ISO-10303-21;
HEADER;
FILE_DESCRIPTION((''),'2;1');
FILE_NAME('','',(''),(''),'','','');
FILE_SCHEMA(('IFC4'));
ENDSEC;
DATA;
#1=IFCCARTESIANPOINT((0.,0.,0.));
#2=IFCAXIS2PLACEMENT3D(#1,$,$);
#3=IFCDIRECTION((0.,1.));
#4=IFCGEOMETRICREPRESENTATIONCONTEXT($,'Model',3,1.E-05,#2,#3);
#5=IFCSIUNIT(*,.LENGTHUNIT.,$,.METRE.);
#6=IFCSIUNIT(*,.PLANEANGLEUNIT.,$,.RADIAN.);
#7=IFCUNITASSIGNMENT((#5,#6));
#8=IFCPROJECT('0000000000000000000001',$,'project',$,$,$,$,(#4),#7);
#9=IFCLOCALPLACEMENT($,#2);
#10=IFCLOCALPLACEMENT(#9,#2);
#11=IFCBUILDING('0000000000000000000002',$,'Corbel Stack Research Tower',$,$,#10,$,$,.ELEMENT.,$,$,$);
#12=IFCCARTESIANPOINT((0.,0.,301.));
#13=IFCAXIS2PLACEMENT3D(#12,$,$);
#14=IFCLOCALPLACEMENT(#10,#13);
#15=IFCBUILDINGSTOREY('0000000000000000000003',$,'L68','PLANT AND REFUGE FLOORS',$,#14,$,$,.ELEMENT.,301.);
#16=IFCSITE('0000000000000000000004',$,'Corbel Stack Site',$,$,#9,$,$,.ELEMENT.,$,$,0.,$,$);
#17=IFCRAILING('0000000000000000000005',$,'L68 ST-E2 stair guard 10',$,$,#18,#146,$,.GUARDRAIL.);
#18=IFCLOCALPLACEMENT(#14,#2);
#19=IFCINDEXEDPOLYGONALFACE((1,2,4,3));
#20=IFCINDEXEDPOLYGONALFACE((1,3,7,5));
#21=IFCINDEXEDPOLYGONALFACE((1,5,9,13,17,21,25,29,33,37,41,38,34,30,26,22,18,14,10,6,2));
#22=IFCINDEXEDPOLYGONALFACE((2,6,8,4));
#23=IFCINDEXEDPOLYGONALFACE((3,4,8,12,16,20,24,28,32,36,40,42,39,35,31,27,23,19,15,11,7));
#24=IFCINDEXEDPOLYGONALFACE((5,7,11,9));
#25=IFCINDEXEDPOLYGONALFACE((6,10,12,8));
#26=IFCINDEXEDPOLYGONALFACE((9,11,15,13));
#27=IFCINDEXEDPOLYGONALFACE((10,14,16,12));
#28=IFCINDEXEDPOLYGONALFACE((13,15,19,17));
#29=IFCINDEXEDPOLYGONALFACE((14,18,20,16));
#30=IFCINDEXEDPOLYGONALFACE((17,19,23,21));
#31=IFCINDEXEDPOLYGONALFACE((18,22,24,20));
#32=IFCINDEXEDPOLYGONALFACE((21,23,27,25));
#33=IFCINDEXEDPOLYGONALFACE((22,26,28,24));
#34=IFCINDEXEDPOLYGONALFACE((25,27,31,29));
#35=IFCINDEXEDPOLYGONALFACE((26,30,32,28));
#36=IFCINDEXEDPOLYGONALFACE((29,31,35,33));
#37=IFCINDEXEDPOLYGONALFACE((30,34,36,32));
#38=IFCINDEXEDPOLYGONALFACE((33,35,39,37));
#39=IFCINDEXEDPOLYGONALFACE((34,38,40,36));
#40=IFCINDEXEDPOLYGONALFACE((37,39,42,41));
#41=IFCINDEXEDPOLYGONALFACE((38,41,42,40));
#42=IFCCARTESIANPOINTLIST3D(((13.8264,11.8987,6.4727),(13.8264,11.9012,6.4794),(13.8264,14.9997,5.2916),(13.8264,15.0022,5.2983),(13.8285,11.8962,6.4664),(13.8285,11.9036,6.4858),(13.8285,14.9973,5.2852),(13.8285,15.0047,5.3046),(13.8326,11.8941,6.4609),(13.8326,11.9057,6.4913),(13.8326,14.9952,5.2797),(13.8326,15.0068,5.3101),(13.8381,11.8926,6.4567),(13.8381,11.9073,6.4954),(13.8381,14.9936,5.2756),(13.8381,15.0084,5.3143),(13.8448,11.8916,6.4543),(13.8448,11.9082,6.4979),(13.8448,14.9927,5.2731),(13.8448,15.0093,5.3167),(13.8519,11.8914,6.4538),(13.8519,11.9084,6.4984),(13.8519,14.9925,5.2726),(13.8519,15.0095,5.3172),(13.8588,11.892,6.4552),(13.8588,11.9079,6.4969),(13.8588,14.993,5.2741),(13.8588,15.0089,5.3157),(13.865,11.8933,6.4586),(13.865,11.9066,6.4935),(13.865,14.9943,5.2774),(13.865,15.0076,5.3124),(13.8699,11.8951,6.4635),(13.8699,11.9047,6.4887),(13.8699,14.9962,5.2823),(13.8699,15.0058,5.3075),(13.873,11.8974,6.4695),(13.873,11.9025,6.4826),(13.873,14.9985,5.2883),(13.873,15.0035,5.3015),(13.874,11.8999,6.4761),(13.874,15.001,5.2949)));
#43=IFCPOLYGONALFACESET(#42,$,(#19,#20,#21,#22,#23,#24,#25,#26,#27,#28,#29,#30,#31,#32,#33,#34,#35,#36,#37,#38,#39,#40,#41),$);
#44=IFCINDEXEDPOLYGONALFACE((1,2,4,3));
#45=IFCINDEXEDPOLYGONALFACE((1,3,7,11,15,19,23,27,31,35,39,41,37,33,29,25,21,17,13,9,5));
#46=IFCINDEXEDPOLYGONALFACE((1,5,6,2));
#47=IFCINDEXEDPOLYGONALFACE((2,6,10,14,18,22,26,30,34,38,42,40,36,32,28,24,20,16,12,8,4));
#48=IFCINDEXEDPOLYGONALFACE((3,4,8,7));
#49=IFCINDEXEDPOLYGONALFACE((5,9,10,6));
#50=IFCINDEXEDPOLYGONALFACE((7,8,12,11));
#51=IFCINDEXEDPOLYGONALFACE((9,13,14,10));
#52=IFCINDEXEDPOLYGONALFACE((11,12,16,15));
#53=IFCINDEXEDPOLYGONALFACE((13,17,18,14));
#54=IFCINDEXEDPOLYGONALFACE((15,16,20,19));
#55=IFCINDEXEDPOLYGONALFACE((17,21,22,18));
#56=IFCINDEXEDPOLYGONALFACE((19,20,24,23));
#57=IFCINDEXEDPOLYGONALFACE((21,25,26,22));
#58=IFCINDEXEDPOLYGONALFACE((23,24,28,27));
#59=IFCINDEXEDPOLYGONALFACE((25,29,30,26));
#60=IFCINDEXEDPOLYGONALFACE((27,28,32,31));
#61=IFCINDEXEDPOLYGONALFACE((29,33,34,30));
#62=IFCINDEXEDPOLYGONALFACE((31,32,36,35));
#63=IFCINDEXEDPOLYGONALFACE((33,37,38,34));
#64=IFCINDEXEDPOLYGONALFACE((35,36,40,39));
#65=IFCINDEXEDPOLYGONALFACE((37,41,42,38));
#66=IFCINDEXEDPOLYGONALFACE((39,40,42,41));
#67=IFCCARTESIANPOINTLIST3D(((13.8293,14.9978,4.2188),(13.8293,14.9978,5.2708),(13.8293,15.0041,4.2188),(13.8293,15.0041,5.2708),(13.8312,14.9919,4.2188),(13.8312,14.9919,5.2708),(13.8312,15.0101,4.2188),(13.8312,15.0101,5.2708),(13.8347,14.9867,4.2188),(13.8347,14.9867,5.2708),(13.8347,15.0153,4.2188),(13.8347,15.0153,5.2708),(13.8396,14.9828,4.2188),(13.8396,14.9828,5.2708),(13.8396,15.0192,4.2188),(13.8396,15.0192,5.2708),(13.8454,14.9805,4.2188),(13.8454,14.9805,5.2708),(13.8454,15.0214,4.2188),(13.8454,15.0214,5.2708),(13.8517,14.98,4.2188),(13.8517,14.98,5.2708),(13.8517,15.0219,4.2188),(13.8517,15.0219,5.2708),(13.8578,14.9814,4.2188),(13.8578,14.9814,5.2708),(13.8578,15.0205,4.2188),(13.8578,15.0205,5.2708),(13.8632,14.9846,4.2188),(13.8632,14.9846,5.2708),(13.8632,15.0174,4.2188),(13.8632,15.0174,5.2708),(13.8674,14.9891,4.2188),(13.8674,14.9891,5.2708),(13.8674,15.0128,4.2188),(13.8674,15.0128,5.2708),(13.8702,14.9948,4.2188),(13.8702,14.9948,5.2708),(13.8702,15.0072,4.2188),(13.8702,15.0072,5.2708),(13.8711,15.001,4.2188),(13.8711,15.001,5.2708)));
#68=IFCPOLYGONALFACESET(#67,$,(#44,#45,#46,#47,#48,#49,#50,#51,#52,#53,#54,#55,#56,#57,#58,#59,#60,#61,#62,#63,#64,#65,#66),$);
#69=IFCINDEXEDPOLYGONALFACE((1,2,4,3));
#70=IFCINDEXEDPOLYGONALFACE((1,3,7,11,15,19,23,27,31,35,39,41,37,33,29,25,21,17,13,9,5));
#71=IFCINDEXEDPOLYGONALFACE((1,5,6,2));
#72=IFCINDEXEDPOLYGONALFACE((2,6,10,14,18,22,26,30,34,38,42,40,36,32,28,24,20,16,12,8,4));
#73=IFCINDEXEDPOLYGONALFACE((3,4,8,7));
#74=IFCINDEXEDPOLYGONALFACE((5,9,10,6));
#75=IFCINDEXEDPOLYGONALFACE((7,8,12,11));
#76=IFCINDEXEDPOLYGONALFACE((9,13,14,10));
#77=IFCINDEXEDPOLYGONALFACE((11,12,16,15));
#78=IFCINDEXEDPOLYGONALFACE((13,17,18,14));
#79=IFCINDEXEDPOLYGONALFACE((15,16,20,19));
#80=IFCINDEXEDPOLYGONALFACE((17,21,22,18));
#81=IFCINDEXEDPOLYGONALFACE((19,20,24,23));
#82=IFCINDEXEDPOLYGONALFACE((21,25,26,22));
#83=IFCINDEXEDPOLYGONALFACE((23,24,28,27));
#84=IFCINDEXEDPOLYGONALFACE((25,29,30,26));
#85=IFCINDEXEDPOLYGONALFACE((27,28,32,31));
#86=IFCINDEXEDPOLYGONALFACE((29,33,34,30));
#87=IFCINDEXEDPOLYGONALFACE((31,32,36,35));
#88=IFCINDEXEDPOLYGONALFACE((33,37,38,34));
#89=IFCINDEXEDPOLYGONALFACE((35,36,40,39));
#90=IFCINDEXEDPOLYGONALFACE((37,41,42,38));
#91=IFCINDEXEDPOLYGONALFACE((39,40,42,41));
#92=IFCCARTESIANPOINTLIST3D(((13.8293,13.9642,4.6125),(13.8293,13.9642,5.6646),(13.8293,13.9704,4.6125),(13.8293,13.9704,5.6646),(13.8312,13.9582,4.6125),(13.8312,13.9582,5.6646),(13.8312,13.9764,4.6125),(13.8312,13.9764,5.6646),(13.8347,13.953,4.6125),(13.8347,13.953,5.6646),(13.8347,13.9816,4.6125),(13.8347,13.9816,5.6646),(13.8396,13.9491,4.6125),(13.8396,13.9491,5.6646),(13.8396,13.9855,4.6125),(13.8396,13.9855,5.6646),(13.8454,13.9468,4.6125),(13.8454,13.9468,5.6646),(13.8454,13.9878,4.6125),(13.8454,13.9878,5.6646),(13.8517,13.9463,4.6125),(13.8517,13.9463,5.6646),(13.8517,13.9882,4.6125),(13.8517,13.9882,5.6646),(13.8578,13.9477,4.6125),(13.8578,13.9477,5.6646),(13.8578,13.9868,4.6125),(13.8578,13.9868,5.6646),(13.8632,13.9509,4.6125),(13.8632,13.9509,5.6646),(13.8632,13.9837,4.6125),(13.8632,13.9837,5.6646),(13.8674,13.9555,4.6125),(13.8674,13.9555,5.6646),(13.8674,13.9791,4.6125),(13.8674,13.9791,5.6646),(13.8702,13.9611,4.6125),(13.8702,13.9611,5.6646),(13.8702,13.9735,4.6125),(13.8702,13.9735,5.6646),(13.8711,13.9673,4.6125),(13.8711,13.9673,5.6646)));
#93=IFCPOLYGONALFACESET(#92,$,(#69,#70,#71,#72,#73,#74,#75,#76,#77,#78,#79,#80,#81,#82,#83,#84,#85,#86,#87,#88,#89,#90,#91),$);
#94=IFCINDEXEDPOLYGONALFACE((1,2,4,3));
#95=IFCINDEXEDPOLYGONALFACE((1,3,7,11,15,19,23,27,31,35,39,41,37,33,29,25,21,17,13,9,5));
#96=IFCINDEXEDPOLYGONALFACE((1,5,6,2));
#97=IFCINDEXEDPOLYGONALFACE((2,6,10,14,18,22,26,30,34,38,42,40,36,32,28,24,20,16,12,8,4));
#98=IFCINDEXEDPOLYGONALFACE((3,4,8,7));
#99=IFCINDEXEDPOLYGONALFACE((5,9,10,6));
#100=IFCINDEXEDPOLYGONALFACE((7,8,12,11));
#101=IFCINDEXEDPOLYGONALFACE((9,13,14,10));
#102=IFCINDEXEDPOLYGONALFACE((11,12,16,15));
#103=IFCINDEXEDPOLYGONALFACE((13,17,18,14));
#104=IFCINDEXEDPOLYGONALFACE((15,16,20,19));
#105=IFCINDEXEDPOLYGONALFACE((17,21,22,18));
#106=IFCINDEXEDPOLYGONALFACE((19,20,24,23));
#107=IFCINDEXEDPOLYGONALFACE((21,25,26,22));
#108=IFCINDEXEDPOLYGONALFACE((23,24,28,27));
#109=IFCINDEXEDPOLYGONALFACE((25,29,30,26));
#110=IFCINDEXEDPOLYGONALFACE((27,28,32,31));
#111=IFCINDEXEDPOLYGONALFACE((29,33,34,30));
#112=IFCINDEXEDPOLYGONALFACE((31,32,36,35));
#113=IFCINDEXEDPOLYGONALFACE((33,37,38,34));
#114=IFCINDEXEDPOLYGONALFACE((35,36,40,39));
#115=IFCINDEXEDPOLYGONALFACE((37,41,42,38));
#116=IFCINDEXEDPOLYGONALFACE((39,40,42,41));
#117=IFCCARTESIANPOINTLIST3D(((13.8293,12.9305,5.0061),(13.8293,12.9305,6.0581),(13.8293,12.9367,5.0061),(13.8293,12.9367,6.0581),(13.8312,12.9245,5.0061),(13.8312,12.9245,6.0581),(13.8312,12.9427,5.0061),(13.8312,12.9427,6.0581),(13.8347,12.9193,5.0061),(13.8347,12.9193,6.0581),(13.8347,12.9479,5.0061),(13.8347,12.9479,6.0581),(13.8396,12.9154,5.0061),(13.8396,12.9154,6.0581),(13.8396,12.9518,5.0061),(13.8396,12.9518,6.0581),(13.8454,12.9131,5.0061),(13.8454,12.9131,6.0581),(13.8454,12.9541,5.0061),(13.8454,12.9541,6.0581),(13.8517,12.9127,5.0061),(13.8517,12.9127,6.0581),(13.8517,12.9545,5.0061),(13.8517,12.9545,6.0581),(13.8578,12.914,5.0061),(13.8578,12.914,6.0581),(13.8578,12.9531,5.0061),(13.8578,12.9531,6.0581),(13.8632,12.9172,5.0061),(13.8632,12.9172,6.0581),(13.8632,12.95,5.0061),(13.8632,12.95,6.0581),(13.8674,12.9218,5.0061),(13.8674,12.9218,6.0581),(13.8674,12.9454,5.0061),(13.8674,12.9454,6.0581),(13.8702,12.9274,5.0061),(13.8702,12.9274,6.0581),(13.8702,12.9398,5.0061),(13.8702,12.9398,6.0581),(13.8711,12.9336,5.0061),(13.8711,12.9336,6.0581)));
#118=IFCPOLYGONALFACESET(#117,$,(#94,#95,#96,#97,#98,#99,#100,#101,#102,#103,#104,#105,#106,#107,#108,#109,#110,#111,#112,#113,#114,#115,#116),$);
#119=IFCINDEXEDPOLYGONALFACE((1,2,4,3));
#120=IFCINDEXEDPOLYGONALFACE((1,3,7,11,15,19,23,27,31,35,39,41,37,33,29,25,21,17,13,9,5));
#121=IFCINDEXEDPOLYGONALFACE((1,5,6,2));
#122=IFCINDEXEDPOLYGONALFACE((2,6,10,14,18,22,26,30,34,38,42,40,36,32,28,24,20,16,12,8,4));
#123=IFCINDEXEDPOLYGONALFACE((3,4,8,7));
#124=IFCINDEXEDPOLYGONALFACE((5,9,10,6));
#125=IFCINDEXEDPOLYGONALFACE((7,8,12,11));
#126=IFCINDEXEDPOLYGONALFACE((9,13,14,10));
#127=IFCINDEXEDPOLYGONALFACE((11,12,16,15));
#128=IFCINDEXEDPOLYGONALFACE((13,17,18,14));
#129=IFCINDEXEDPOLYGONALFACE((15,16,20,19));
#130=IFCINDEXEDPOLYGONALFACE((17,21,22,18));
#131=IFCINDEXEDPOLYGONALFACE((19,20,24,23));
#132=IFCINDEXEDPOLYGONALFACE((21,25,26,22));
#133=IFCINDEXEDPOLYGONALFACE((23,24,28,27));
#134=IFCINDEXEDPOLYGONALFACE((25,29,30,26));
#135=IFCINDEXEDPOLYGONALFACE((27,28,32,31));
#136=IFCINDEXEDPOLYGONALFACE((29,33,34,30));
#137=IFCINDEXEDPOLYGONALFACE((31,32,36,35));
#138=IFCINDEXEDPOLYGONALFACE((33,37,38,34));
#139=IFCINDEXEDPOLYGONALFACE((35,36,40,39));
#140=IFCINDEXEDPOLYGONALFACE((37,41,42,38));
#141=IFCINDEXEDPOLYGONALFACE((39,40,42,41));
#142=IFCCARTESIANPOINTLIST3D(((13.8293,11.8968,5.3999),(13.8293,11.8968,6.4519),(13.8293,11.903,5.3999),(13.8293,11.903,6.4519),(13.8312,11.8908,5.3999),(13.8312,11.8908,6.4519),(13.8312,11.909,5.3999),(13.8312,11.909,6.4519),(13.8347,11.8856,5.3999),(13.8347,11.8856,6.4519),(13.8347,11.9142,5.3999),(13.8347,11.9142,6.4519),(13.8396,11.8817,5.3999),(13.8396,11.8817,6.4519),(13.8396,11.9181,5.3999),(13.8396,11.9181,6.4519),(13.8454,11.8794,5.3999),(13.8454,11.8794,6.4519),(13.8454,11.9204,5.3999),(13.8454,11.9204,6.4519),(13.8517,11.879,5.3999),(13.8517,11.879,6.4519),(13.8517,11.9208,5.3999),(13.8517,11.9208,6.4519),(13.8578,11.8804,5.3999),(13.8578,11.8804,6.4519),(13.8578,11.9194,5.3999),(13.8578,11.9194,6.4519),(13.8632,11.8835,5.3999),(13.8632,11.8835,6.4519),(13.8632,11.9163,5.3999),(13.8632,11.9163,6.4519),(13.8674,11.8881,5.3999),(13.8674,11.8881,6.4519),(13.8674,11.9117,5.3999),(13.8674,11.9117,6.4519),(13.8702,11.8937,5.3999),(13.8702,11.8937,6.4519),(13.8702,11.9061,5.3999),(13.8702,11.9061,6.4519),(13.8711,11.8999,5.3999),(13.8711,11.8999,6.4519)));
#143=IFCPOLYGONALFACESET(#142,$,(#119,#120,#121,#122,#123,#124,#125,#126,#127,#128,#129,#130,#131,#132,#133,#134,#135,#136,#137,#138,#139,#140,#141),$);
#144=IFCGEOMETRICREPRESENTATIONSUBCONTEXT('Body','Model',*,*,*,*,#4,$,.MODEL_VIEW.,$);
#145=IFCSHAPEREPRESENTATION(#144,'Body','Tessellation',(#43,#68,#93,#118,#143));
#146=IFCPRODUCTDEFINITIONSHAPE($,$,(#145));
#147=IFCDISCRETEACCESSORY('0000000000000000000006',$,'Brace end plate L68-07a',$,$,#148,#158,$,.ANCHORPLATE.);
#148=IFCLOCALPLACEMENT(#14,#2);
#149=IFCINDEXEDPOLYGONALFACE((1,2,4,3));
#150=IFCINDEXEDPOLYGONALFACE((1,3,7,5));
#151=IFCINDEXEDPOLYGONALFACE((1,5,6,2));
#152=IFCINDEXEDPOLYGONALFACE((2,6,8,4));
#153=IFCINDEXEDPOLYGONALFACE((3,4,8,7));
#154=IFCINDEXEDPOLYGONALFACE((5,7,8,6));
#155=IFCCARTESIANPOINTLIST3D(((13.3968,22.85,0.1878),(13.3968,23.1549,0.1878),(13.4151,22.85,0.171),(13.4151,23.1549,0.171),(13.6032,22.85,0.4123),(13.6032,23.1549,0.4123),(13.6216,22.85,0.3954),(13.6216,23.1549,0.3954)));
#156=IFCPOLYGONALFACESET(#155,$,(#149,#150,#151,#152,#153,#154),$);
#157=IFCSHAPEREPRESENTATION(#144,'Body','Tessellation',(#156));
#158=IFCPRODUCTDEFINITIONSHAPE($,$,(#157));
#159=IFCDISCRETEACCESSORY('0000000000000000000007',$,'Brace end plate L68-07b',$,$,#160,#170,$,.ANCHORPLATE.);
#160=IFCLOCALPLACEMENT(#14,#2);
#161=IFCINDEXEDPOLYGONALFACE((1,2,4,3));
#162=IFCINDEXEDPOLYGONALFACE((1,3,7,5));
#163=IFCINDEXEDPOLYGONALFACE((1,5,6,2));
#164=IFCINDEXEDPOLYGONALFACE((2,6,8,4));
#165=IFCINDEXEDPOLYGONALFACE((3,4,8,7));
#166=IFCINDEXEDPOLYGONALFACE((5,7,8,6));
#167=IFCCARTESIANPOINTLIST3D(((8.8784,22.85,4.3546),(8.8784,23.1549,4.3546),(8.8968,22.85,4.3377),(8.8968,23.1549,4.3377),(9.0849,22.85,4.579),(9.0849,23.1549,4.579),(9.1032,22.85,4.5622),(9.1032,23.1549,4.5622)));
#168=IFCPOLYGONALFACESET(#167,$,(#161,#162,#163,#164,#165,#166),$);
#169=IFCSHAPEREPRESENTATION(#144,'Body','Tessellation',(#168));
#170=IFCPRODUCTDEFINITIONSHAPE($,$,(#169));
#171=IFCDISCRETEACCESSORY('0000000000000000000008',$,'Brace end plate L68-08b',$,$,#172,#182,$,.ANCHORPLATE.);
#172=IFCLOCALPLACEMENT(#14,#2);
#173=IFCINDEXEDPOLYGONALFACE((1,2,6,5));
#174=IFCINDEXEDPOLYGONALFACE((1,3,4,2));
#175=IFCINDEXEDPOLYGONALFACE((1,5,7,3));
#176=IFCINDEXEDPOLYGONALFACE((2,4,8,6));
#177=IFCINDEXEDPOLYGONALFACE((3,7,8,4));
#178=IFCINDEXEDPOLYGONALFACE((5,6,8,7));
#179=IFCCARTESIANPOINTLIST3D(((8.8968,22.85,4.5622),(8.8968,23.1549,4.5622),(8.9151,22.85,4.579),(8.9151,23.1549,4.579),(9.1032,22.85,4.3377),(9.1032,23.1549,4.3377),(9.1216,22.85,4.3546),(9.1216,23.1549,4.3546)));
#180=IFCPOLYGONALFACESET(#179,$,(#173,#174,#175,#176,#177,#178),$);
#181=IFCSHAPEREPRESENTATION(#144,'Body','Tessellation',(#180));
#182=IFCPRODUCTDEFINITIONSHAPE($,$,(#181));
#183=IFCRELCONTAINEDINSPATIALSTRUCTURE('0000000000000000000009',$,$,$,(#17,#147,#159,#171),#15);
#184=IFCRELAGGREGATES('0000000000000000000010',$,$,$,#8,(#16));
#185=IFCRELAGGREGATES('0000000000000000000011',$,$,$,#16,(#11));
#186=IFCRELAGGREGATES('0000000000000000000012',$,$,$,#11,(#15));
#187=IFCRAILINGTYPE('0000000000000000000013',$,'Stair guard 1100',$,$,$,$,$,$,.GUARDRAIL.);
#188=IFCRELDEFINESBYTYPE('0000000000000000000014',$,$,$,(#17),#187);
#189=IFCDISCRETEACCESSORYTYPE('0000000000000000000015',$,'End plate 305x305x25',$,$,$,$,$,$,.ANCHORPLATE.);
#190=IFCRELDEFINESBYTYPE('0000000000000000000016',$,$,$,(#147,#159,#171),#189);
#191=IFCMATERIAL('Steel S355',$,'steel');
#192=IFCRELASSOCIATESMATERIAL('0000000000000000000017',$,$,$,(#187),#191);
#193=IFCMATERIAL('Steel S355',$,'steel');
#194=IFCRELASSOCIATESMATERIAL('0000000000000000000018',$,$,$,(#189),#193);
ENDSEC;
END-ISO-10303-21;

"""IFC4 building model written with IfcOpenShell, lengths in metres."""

from ifc_helpers import new_model, si_unit, direction, frame, origin, origin_2d, place, context, subcontext, project, spatial, rectangle, circle, extrude, material, material_profile, profile_set, type_object, element, save


model = new_model("IFC4")

# Units and contexts
model_context = context("Model", 3, precision=1e-05, world=origin(), true_north=direction((0.0, 1.0)))
body_context = subcontext(model_context, "Body", "Model", "MODEL_VIEW")
ifc_project = project(units=[si_unit("LENGTHUNIT", "METRE"), si_unit("PLANEANGLEUNIT", "RADIAN")], contexts=[model_context])

# Site, building, storey
site_placement = place(None, origin())
site = spatial("IfcSite", under=ifc_project, at=site_placement, Name="Corbel Stack Site", CompositionType="ELEMENT", RefElevation=0.0)
building_placement = place(site_placement, origin())
building = spatial("IfcBuilding", under=site, at=building_placement, Name="Corbel Stack Research Tower", CompositionType="ELEMENT")
storey_placement = place(building_placement, frame((0.0, 0.0, 301.0)))
storey = spatial("IfcBuildingStorey", under=building, at=storey_placement, Name="L68", Description="PLANT AND REFUGE FLOORS", CompositionType="ELEMENT", Elevation=301.0)

# Railing
ifc_material_1 = material(Name="Steel S355", Category="steel")
railing_type = type_object("IfcRailingType", Name="Stair guard 1100", PredefinedType="GUARDRAIL", material=ifc_material_1)
railing_1_placement = place(storey_placement, frame((13.8501, 15.001, 4.2188)))
element("IfcRailing", 1, at=railing_1_placement, inside=storey, type_object=railing_type, Name="L68 ST-E2 stair guard 10", PredefinedType="GUARDRAIL", context=body_context, shape_type="SweptSolid", body=[
    extrude(circle(Radius=0.0239, at=origin_2d()), frame((0.0, 0.0, 1.0762), z_axis=(0.0, -0.934509, 0.35594), x_axis=(1.0, 0.0, 0.0)), (0.0, 0.0, 1.0), 3.3184),
    extrude(circle(Radius=0.021, at=origin_2d()), origin(), (0.0, 0.0, 1.0), 1.052),
    extrude(circle(Radius=0.021, at=origin_2d()), frame((0.0, -1.0337, 0.3938)), (0.0, 0.0, 1.0), 1.052),
    extrude(circle(Radius=0.021, at=origin_2d()), frame((0.0, -2.0674, 0.7874)), (0.0, 0.0, 1.0), 1.052),
    extrude(circle(Radius=0.021, at=origin_2d()), frame((0.0, -3.1011, 1.1812)), (0.0, 0.0, 1.0), 1.052),
])

# Discrete accessories
ifc_material_2 = material(Name="Steel S355", Category="steel")
ifc_material_profile_1 = material_profile(ifc_material_2, rectangle(XDim=0.3049, YDim=0.3049, at=origin_2d()), Name="End plate 305x305x25")
ifc_profile_set_1 = profile_set([ifc_material_profile_1], Name="Steel S355")
discrete_accessory_type = type_object("IfcDiscreteAccessoryType", Name="End plate 305x305x25", PredefinedType="ANCHORPLATE", material=ifc_profile_set_1)
for number, where, z_axis, x_axis, name in (
    (2, (13.5, 23.0024, 0.3), (0.735931, 0.0, -0.677057), (0.0, 1.0, 0.0), "Brace end plate L68-07a"),
    (3, (9.0, 23.0024, 4.45), (-0.735931, 0.0, 0.677057), (0.0, -1.0, 0.0), "Brace end plate L68-07b"),
    (4, (9.0, 23.0024, 4.45), (0.735931, 0.0, 0.677057), (0.0, 1.0, 0.0), "Brace end plate L68-08b"),
):
    element("IfcDiscreteAccessory", number, at=place(storey_placement, frame(where, z_axis=z_axis, x_axis=x_axis)), inside=storey, type_object=discrete_accessory_type, Name=name, PredefinedType="ANCHORPLATE", context=body_context, shape_type="SweptSolid", body=[
        extrude(rectangle(XDim=0.3049, YDim=0.3049, at=origin_2d()), origin(), (0.0, 0.0, 1.0), 0.0249),
    ])

save(model, "model.ifc")
